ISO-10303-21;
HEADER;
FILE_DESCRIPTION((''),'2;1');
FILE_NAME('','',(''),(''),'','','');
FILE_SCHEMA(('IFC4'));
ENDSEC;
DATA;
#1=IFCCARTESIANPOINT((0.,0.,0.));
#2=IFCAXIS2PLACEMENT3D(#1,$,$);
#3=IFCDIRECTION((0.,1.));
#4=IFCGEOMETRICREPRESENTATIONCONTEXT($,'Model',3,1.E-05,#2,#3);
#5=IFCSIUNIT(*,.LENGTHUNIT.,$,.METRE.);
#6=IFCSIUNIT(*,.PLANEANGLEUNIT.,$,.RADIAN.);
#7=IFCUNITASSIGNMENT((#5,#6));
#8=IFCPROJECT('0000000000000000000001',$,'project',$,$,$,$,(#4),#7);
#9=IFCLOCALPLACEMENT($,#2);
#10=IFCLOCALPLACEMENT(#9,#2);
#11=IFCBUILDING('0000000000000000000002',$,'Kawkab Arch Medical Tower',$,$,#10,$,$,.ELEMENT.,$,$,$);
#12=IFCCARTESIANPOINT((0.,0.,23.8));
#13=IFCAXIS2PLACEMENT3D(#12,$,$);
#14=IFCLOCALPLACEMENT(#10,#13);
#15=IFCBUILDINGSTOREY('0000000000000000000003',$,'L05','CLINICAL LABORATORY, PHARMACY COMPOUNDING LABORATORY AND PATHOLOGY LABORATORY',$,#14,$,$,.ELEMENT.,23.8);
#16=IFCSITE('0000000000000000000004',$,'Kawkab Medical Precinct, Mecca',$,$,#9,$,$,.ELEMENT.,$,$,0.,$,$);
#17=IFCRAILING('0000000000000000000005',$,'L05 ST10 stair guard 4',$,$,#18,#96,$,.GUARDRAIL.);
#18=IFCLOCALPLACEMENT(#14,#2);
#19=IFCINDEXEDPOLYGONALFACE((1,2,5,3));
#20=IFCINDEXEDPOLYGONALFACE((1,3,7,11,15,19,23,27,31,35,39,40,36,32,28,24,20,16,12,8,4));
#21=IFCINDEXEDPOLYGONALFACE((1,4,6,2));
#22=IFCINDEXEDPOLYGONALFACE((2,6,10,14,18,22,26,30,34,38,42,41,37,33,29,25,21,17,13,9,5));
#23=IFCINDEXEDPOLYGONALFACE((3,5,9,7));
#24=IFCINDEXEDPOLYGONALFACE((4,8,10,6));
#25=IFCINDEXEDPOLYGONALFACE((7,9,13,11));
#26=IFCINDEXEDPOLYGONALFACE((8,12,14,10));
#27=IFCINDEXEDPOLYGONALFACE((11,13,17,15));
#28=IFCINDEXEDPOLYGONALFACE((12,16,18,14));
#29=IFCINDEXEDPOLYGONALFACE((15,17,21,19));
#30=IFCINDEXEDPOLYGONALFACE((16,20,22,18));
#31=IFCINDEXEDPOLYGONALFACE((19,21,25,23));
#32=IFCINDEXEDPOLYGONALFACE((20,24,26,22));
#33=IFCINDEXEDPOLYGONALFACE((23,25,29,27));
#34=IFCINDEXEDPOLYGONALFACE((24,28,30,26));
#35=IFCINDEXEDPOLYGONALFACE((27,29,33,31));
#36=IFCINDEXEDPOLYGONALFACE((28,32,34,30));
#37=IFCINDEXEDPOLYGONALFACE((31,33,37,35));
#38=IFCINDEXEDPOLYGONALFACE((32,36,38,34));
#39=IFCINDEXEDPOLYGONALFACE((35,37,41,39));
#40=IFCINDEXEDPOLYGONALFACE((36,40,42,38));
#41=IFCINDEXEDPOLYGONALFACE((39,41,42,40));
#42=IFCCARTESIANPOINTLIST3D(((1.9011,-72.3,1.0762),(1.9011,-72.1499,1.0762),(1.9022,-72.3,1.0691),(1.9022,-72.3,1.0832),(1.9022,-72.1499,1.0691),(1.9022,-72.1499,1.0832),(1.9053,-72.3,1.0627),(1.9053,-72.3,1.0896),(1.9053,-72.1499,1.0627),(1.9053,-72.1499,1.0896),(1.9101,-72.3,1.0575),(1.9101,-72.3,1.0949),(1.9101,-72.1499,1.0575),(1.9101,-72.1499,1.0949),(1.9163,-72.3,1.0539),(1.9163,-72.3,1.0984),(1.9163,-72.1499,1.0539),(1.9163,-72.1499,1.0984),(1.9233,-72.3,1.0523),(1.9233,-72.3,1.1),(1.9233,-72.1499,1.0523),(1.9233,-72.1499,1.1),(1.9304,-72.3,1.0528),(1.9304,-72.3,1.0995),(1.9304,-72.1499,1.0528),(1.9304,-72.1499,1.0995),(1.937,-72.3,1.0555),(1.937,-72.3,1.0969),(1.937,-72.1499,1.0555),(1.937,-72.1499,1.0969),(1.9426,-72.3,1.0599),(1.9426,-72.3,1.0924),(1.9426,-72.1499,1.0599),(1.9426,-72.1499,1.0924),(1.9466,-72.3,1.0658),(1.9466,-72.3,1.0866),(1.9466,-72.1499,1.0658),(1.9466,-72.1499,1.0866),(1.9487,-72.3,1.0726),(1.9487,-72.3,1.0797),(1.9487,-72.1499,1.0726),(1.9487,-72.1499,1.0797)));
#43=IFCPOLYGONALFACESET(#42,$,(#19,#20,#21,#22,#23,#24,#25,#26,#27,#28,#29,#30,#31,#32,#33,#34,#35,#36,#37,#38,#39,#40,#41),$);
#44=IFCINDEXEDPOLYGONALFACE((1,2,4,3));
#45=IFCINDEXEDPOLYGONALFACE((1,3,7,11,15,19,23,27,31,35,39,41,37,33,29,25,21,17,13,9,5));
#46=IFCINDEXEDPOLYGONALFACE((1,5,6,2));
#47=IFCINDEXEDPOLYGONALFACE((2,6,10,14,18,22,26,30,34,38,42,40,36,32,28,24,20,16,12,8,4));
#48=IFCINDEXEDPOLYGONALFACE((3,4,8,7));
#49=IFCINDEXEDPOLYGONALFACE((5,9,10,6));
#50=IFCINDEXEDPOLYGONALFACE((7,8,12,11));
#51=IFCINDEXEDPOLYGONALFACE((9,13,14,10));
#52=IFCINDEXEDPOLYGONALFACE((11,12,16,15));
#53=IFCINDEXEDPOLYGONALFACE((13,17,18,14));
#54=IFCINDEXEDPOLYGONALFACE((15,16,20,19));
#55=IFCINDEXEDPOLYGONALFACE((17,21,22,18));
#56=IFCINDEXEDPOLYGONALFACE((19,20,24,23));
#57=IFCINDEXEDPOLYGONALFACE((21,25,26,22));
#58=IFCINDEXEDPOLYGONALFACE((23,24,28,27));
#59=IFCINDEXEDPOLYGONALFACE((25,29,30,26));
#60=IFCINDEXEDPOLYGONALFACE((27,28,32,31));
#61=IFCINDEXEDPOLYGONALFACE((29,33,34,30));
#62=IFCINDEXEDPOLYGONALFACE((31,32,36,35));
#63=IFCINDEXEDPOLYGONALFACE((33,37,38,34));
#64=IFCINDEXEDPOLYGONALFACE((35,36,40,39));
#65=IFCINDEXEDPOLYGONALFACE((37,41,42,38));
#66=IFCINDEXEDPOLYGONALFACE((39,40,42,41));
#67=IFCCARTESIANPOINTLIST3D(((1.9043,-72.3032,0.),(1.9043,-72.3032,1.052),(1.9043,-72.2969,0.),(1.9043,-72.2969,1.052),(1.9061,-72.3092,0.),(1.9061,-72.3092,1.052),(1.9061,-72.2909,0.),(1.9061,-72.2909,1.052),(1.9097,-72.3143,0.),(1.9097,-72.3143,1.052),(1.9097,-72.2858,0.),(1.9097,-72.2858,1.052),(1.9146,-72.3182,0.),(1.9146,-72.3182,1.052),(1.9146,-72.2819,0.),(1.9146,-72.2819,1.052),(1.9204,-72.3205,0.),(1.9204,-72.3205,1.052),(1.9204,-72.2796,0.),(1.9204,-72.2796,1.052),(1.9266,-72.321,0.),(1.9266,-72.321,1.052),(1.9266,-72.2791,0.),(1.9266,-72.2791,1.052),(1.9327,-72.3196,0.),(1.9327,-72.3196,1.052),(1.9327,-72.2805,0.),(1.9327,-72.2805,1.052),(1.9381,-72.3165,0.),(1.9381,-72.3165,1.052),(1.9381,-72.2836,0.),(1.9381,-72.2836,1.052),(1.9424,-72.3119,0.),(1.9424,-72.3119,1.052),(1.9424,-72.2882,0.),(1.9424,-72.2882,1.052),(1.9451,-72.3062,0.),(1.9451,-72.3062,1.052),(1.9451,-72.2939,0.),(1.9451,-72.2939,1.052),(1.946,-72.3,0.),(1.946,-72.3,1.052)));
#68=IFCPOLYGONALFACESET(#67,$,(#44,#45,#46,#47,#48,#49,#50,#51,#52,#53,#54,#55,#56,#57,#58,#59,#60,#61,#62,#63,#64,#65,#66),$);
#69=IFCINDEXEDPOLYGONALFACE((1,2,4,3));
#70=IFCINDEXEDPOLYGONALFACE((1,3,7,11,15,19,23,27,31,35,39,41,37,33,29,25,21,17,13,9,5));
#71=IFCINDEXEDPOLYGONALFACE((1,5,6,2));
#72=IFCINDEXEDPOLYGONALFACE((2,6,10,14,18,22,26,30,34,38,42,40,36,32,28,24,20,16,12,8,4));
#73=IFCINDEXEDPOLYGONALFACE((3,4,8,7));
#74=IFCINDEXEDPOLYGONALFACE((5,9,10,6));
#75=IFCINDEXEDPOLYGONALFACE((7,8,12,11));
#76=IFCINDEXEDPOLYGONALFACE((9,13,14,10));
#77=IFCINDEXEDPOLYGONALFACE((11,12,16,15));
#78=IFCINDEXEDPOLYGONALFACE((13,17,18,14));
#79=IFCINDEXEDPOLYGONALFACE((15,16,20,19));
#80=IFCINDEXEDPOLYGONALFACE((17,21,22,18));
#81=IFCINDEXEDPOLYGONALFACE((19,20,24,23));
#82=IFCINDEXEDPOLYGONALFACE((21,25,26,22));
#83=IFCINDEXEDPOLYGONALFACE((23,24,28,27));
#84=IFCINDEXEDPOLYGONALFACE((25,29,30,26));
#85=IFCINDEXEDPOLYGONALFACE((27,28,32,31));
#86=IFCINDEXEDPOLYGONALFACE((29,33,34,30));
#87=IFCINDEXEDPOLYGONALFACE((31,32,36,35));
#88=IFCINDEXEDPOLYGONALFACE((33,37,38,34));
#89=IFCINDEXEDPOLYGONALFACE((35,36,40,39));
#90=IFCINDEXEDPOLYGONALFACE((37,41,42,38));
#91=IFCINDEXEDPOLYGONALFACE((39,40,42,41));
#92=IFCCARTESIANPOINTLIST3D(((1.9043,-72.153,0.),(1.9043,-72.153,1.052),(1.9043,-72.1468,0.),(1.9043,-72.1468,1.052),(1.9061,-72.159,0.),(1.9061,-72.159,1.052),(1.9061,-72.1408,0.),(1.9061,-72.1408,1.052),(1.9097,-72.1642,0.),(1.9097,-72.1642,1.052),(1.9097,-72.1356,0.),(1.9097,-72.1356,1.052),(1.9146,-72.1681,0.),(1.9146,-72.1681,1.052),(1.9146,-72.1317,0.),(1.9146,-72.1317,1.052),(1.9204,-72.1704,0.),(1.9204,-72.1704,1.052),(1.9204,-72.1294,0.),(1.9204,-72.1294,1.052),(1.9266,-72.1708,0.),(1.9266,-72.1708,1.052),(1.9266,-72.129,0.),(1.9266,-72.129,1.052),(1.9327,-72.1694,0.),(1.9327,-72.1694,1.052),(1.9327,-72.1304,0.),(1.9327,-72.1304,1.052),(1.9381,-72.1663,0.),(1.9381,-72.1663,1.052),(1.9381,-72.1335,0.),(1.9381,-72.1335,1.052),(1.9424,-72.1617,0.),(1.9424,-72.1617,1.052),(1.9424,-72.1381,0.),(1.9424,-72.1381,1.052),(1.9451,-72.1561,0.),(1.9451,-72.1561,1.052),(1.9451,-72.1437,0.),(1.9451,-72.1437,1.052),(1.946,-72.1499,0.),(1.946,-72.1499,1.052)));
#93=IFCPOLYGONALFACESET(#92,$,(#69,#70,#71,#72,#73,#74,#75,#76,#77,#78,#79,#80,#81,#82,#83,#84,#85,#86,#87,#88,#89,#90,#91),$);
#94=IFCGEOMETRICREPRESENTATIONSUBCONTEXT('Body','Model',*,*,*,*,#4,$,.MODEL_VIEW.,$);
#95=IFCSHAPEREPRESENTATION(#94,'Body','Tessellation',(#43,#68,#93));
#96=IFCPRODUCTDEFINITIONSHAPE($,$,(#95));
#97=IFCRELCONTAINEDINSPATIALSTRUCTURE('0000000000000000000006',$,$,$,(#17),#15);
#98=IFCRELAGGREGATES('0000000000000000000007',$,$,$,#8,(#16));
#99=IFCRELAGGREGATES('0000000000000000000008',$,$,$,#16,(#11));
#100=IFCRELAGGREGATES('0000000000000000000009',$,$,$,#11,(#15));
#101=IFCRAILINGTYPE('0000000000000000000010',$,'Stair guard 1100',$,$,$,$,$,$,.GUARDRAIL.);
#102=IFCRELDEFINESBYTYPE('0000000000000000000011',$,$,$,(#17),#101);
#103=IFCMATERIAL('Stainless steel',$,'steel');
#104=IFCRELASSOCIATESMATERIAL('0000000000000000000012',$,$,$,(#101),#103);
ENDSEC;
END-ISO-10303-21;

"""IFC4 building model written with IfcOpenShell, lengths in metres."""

from ifc_helpers import new_model, si_unit, direction, frame, origin, origin_2d, place, context, subcontext, project, spatial, circle, extrude, material, type_object, element, save


model = new_model("IFC4")

# Units and contexts
model_context = context("Model", 3, precision=1e-05, world=origin(), true_north=direction((0.0, 1.0)))
body_context = subcontext(model_context, "Body", "Model", "MODEL_VIEW")
ifc_project = project(units=[si_unit("LENGTHUNIT", "METRE"), si_unit("PLANEANGLEUNIT", "RADIAN")], contexts=[model_context])

# Site, building, storey
site_placement = place(None, origin())
site = spatial("IfcSite", under=ifc_project, at=site_placement, Name="Kawkab Medical Precinct, Mecca", CompositionType="ELEMENT", RefElevation=0.0)
building_placement = place(site_placement, origin())
building = spatial("IfcBuilding", under=site, at=building_placement, Name="Kawkab Arch Medical Tower", CompositionType="ELEMENT")
storey_placement = place(building_placement, frame((0.0, 0.0, 23.8)))
storey = spatial("IfcBuildingStorey", under=building, at=storey_placement, Name="L05", Description="CLINICAL LABORATORY, PHARMACY COMPOUNDING LABORATORY AND PATHOLOGY LABORATORY", CompositionType="ELEMENT", Elevation=23.8)

# Railing
ifc_material_1 = material(Name="Stainless steel", Category="steel")
railing_type = type_object("IfcRailingType", Name="Stair guard 1100", PredefinedType="GUARDRAIL", material=ifc_material_1)
railing_1_placement = place(storey_placement, frame((1.925, -72.3, 0.0)))
element("IfcRailing", 1, at=railing_1_placement, inside=storey, type_object=railing_type, Name="L05 ST10 stair guard 4", PredefinedType="GUARDRAIL", context=body_context, shape_type="SweptSolid", body=[
    extrude(circle(Radius=0.0239, at=origin_2d()), frame((0.0, 0.0, 1.0762), z_axis=(0.0, 1.0, 0.0), x_axis=(-1.0, 0.0, 0.0)), (0.0, 0.0, 1.0), 0.1501),
    extrude(circle(Radius=0.021, at=origin_2d()), origin(), (0.0, 0.0, 1.0), 1.052),
    extrude(circle(Radius=0.021, at=origin_2d()), frame((0.0, 0.1501, 0.0)), (0.0, 0.0, 1.0), 1.052),
])

save(model, "model.ifc")
